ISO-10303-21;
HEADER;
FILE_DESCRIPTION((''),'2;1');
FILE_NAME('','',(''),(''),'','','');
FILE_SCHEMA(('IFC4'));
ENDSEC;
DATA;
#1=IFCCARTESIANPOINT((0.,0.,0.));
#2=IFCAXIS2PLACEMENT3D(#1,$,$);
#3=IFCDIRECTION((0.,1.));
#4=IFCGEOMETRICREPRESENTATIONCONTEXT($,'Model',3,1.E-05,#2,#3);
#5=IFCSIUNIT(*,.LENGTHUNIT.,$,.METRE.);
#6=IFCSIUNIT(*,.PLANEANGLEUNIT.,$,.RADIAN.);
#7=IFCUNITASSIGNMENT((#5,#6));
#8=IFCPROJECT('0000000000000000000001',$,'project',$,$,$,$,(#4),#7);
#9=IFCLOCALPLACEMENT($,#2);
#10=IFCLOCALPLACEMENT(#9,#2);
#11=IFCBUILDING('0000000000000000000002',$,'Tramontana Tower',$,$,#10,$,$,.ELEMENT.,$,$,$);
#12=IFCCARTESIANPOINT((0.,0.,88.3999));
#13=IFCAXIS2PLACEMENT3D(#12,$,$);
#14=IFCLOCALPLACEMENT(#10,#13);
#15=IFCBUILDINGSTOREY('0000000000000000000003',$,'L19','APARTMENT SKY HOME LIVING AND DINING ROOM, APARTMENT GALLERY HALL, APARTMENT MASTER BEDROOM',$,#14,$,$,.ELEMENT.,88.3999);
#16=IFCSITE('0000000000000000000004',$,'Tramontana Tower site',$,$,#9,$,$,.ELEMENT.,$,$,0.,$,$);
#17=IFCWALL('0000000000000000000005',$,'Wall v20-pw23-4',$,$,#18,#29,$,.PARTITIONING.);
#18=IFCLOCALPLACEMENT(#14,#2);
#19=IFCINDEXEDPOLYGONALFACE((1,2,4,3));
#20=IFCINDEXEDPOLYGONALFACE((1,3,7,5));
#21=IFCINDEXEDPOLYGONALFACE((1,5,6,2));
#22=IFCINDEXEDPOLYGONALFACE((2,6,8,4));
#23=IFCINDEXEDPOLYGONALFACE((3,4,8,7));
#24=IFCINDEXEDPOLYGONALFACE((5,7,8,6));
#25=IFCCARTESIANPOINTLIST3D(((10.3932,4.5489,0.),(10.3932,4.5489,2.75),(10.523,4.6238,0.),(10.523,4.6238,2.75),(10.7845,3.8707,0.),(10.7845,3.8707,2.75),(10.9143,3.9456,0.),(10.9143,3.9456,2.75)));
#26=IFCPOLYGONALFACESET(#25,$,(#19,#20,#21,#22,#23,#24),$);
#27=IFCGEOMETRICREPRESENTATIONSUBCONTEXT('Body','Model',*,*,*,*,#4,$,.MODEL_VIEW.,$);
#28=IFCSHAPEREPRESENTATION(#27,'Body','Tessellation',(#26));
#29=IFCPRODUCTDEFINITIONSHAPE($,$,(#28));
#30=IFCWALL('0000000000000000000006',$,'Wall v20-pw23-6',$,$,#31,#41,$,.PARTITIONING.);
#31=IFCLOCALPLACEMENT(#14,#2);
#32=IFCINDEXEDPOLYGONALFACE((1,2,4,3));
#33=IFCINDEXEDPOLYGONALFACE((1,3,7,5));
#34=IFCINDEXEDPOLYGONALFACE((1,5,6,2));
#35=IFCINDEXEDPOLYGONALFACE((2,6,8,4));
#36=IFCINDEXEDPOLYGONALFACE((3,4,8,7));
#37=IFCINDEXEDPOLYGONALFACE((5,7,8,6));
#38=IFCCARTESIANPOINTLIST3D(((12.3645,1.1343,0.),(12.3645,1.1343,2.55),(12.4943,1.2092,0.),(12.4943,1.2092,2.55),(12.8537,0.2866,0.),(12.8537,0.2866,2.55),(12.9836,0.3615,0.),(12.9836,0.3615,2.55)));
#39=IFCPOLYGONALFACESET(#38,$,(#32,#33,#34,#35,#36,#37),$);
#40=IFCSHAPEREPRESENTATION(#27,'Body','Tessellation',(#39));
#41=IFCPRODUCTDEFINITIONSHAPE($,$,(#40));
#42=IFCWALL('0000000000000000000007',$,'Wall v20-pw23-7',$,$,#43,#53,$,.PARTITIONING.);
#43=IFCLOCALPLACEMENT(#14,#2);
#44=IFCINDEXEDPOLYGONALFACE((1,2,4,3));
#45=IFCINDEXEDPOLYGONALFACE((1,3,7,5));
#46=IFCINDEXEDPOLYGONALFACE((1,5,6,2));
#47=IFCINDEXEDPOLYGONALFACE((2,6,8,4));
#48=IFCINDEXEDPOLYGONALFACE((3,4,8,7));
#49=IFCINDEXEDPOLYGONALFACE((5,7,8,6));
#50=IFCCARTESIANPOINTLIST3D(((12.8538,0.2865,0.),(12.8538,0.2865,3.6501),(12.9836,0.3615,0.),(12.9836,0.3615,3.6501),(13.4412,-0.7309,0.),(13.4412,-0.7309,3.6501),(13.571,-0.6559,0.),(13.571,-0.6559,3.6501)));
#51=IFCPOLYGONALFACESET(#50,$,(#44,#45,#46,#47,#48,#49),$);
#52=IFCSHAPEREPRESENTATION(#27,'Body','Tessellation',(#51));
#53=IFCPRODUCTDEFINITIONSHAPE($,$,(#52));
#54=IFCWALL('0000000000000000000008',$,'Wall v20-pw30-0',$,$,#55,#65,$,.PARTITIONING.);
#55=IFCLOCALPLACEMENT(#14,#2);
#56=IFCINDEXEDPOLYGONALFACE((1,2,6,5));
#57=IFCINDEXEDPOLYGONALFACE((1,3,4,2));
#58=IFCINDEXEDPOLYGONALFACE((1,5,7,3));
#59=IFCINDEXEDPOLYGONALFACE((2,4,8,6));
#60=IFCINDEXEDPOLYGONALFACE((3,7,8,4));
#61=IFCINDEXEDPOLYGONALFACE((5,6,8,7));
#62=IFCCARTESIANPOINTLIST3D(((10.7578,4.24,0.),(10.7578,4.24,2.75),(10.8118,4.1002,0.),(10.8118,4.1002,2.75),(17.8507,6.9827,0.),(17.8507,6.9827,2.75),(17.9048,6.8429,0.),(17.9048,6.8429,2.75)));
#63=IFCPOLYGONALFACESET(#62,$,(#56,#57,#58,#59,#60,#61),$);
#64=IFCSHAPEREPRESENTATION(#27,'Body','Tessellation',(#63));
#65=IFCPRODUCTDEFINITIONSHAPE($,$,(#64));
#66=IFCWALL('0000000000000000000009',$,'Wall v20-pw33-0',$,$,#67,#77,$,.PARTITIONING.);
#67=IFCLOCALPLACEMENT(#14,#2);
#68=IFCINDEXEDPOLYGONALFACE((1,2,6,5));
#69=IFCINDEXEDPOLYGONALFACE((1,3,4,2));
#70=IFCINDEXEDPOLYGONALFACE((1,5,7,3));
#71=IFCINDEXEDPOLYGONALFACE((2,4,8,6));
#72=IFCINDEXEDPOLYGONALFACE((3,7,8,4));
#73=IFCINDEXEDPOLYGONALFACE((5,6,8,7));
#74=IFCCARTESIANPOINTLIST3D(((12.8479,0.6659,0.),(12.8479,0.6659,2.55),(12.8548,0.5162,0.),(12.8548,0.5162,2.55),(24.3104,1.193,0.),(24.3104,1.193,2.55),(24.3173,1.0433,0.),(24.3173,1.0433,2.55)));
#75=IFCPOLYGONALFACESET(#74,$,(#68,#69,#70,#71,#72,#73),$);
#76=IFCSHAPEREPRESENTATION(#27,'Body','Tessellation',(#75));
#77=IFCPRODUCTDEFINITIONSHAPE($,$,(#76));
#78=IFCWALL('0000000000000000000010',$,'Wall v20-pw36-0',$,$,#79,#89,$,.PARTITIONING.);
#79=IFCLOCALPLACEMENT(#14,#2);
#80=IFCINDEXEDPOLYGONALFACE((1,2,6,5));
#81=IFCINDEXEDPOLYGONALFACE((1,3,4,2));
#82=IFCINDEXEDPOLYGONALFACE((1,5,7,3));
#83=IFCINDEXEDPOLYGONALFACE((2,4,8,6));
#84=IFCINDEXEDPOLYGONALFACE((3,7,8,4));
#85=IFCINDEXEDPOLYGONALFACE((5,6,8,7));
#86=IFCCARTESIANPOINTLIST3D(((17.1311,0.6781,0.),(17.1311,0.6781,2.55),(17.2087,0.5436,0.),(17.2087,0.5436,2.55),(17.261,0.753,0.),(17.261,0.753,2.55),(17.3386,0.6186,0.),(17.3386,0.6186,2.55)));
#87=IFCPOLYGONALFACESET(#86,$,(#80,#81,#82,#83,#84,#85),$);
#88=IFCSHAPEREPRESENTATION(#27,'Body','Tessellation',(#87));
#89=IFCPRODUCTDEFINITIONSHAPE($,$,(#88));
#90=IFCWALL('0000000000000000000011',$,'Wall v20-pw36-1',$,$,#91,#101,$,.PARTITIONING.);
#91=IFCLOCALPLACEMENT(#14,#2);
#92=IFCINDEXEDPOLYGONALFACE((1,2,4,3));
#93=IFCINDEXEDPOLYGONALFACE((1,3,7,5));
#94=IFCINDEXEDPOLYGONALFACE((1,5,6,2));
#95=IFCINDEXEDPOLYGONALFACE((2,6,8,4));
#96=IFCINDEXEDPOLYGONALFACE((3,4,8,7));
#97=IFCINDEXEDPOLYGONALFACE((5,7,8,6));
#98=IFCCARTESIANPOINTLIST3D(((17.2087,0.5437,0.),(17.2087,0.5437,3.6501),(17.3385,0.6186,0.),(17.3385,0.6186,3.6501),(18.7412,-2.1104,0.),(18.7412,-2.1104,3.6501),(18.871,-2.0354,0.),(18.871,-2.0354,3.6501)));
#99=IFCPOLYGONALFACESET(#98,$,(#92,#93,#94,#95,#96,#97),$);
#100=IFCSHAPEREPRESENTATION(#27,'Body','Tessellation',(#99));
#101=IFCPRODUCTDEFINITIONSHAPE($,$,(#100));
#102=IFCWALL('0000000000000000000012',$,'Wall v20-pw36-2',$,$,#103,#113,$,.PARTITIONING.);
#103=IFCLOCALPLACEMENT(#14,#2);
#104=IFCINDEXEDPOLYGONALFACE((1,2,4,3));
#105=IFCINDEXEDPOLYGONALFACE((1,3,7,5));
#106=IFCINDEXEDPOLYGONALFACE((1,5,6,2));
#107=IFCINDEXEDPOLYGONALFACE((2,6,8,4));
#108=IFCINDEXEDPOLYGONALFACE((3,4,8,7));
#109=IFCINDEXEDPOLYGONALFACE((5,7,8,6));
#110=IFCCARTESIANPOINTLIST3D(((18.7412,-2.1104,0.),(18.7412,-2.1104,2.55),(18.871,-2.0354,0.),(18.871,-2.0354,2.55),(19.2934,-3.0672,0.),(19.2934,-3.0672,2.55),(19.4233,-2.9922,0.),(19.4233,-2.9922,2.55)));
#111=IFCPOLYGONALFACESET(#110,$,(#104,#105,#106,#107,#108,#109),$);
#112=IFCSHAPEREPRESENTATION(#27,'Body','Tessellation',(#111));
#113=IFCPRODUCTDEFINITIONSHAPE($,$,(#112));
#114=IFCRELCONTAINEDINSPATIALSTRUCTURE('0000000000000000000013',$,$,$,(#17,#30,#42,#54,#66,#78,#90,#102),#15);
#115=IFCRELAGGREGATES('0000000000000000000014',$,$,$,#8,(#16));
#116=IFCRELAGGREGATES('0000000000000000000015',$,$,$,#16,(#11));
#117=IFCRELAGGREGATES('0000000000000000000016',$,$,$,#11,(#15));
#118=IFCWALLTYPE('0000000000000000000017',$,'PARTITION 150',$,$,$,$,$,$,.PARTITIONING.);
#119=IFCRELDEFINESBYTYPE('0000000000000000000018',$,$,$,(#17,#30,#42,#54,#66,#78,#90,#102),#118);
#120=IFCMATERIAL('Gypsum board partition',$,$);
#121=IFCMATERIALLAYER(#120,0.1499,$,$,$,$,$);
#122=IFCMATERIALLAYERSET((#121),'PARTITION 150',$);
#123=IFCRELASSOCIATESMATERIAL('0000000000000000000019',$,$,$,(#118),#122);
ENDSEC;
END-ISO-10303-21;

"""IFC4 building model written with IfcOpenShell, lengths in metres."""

from ifc_helpers import new_model, si_unit, direction, frame, frame_2d, origin, place, context, subcontext, project, spatial, rectangle, extrude, material, layer, layer_set, type_object, element, save


model = new_model("IFC4")

# Units and contexts
model_context = context("Model", 3, precision=1e-05, world=origin(), true_north=direction((0.0, 1.0)))
body_context = subcontext(model_context, "Body", "Model", "MODEL_VIEW")
ifc_project = project(units=[si_unit("LENGTHUNIT", "METRE"), si_unit("PLANEANGLEUNIT", "RADIAN")], contexts=[model_context])

# Site, building, storey
site_placement = place(None, origin())
site = spatial("IfcSite", under=ifc_project, at=site_placement, Name="Tramontana Tower site", CompositionType="ELEMENT", RefElevation=0.0)
building_placement = place(site_placement, origin())
building = spatial("IfcBuilding", under=site, at=building_placement, Name="Tramontana Tower", CompositionType="ELEMENT")
storey_placement = place(building_placement, frame((0.0, 0.0, 88.3999)))
storey = spatial("IfcBuildingStorey", under=building, at=storey_placement, Name="L19", Description="APARTMENT SKY HOME LIVING AND DINING ROOM, APARTMENT GALLERY HALL, APARTMENT MASTER BEDROOM", CompositionType="ELEMENT", Elevation=88.3999)

# Wall
ifc_material_1 = material(Name="Gypsum board partition")
ifc_layer_1 = layer(ifc_material_1, 0.1499)
ifc_layer_set_1 = layer_set([ifc_layer_1], Name="PARTITION 150")
wall_type_1 = type_object("IfcWallType", Name="PARTITION 150", PredefinedType="PARTITIONING", material=ifc_layer_set_1)
wall_1_placement = place(storey_placement, frame((10.458, 4.5864, 0.0), z_axis=(0.0, 0.0, 1.0), x_axis=(0.499794, -0.866144, 0.0)))
element("IfcWall", 1, at=wall_1_placement, inside=storey, type_object=wall_type_1, Name="Wall v20-pw23-4", PredefinedType="PARTITIONING", context=body_context, shape_type="SweptSolid", body=[
    extrude(rectangle(XDim=0.783, YDim=0.1499, at=frame_2d((0.3916, 0.0))), origin(), (0.0, 0.0, 1.0), 2.75),
])

# Walls
wall_2_placement = place(storey_placement, frame((12.4294, 1.1716, 0.0), z_axis=(0.0, 0.0, 1.0), x_axis=(0.499895, -0.866086, 0.0)))
element("IfcWall", 2, at=wall_2_placement, inside=storey, type_object=wall_type_1, Name="Wall v20-pw23-6", PredefinedType="PARTITIONING", context=body_context, shape_type="SweptSolid", body=[
    extrude(rectangle(XDim=0.9788, YDim=0.1499, at=frame_2d((0.4893, 0.0))), origin(), (0.0, 0.0, 1.0), 2.55),
])
wall_3_placement = place(storey_placement, frame((12.9187, 0.324, 0.0), z_axis=(0.0, 0.0, 1.0), x_axis=(0.500028, -0.866009, 0.0)))
element("IfcWall", 3, at=wall_3_placement, inside=storey, type_object=wall_type_1, Name="Wall v20-pw23-7", PredefinedType="PARTITIONING", context=body_context, shape_type="SweptSolid", body=[
    extrude(rectangle(XDim=1.1748, YDim=0.1499, at=frame_2d((0.5874, 0.0))), origin(), (0.0, 0.0, 1.0), 3.6501),
])

# Walls
wall_4_placement = place(storey_placement, frame((10.7849, 4.1702, 0.0), z_axis=(0.0, 0.0, 1.0), x_axis=(0.932701, 0.36065, 0.0)))
element("IfcWall", 4, at=wall_4_placement, inside=storey, type_object=wall_type_1, Name="Wall v20-pw30-0", PredefinedType="PARTITIONING", context=body_context, shape_type="SweptSolid", body=[
    extrude(rectangle(XDim=7.6047, YDim=0.1499, at=frame_2d((3.8022, 0.0))), origin(), (0.0, 0.0, 1.0), 2.75),
])
wall_5_placement = place(storey_placement, frame((12.8513, 0.5911, 0.0), z_axis=(0.0, 0.0, 1.0), x_axis=(0.998944, 0.045937, 0.0)))
element("IfcWall", 5, at=wall_5_placement, inside=storey, type_object=wall_type_1, Name="Wall v20-pw33-0", PredefinedType="PARTITIONING", context=body_context, shape_type="SweptSolid", body=[
    extrude(rectangle(XDim=11.4746, YDim=0.1499, at=frame_2d((5.7373, 0.0))), origin(), (0.0, 0.0, 1.0), 2.55),
])
wall_6_placement = place(storey_placement, frame((17.196, 0.7156, 0.0), z_axis=(0.0, 0.0, 1.0), x_axis=(0.499859, -0.866107, 0.0)))
element("IfcWall", 6, at=wall_6_placement, inside=storey, type_object=wall_type_1, Name="Wall v20-pw36-0", PredefinedType="PARTITIONING", context=body_context, shape_type="SweptSolid", body=[
    extrude(rectangle(XDim=0.1553, YDim=0.1499, at=frame_2d((0.0776, 0.0))), origin(), (0.0, 0.0, 1.0), 2.55),
])
wall_7_placement = place(storey_placement, frame((17.2737, 0.5811, 0.0), z_axis=(0.0, 0.0, 1.0), x_axis=(0.500037, -0.866004, 0.0)))
element("IfcWall", 7, at=wall_7_placement, inside=storey, type_object=wall_type_1, Name="Wall v20-pw36-1", PredefinedType="PARTITIONING", context=body_context, shape_type="SweptSolid", body=[
    extrude(rectangle(XDim=3.0647, YDim=0.1499, at=frame_2d((1.5322, 0.0))), origin(), (0.0, 0.0, 1.0), 3.6501),
])
wall_8_placement = place(storey_placement, frame((18.8062, -2.073, 0.0), z_axis=(0.0, 0.0, 1.0), x_axis=(0.499895, -0.866086, 0.0)))
element("IfcWall", 8, at=wall_8_placement, inside=storey, type_object=wall_type_1, Name="Wall v20-pw36-2", PredefinedType="PARTITIONING", context=body_context, shape_type="SweptSolid", body=[
    extrude(rectangle(XDim=1.1047, YDim=0.1499, at=frame_2d((0.5522, 0.0))), origin(), (0.0, 0.0, 1.0), 2.55),
])

save(model, "model.ifc")
